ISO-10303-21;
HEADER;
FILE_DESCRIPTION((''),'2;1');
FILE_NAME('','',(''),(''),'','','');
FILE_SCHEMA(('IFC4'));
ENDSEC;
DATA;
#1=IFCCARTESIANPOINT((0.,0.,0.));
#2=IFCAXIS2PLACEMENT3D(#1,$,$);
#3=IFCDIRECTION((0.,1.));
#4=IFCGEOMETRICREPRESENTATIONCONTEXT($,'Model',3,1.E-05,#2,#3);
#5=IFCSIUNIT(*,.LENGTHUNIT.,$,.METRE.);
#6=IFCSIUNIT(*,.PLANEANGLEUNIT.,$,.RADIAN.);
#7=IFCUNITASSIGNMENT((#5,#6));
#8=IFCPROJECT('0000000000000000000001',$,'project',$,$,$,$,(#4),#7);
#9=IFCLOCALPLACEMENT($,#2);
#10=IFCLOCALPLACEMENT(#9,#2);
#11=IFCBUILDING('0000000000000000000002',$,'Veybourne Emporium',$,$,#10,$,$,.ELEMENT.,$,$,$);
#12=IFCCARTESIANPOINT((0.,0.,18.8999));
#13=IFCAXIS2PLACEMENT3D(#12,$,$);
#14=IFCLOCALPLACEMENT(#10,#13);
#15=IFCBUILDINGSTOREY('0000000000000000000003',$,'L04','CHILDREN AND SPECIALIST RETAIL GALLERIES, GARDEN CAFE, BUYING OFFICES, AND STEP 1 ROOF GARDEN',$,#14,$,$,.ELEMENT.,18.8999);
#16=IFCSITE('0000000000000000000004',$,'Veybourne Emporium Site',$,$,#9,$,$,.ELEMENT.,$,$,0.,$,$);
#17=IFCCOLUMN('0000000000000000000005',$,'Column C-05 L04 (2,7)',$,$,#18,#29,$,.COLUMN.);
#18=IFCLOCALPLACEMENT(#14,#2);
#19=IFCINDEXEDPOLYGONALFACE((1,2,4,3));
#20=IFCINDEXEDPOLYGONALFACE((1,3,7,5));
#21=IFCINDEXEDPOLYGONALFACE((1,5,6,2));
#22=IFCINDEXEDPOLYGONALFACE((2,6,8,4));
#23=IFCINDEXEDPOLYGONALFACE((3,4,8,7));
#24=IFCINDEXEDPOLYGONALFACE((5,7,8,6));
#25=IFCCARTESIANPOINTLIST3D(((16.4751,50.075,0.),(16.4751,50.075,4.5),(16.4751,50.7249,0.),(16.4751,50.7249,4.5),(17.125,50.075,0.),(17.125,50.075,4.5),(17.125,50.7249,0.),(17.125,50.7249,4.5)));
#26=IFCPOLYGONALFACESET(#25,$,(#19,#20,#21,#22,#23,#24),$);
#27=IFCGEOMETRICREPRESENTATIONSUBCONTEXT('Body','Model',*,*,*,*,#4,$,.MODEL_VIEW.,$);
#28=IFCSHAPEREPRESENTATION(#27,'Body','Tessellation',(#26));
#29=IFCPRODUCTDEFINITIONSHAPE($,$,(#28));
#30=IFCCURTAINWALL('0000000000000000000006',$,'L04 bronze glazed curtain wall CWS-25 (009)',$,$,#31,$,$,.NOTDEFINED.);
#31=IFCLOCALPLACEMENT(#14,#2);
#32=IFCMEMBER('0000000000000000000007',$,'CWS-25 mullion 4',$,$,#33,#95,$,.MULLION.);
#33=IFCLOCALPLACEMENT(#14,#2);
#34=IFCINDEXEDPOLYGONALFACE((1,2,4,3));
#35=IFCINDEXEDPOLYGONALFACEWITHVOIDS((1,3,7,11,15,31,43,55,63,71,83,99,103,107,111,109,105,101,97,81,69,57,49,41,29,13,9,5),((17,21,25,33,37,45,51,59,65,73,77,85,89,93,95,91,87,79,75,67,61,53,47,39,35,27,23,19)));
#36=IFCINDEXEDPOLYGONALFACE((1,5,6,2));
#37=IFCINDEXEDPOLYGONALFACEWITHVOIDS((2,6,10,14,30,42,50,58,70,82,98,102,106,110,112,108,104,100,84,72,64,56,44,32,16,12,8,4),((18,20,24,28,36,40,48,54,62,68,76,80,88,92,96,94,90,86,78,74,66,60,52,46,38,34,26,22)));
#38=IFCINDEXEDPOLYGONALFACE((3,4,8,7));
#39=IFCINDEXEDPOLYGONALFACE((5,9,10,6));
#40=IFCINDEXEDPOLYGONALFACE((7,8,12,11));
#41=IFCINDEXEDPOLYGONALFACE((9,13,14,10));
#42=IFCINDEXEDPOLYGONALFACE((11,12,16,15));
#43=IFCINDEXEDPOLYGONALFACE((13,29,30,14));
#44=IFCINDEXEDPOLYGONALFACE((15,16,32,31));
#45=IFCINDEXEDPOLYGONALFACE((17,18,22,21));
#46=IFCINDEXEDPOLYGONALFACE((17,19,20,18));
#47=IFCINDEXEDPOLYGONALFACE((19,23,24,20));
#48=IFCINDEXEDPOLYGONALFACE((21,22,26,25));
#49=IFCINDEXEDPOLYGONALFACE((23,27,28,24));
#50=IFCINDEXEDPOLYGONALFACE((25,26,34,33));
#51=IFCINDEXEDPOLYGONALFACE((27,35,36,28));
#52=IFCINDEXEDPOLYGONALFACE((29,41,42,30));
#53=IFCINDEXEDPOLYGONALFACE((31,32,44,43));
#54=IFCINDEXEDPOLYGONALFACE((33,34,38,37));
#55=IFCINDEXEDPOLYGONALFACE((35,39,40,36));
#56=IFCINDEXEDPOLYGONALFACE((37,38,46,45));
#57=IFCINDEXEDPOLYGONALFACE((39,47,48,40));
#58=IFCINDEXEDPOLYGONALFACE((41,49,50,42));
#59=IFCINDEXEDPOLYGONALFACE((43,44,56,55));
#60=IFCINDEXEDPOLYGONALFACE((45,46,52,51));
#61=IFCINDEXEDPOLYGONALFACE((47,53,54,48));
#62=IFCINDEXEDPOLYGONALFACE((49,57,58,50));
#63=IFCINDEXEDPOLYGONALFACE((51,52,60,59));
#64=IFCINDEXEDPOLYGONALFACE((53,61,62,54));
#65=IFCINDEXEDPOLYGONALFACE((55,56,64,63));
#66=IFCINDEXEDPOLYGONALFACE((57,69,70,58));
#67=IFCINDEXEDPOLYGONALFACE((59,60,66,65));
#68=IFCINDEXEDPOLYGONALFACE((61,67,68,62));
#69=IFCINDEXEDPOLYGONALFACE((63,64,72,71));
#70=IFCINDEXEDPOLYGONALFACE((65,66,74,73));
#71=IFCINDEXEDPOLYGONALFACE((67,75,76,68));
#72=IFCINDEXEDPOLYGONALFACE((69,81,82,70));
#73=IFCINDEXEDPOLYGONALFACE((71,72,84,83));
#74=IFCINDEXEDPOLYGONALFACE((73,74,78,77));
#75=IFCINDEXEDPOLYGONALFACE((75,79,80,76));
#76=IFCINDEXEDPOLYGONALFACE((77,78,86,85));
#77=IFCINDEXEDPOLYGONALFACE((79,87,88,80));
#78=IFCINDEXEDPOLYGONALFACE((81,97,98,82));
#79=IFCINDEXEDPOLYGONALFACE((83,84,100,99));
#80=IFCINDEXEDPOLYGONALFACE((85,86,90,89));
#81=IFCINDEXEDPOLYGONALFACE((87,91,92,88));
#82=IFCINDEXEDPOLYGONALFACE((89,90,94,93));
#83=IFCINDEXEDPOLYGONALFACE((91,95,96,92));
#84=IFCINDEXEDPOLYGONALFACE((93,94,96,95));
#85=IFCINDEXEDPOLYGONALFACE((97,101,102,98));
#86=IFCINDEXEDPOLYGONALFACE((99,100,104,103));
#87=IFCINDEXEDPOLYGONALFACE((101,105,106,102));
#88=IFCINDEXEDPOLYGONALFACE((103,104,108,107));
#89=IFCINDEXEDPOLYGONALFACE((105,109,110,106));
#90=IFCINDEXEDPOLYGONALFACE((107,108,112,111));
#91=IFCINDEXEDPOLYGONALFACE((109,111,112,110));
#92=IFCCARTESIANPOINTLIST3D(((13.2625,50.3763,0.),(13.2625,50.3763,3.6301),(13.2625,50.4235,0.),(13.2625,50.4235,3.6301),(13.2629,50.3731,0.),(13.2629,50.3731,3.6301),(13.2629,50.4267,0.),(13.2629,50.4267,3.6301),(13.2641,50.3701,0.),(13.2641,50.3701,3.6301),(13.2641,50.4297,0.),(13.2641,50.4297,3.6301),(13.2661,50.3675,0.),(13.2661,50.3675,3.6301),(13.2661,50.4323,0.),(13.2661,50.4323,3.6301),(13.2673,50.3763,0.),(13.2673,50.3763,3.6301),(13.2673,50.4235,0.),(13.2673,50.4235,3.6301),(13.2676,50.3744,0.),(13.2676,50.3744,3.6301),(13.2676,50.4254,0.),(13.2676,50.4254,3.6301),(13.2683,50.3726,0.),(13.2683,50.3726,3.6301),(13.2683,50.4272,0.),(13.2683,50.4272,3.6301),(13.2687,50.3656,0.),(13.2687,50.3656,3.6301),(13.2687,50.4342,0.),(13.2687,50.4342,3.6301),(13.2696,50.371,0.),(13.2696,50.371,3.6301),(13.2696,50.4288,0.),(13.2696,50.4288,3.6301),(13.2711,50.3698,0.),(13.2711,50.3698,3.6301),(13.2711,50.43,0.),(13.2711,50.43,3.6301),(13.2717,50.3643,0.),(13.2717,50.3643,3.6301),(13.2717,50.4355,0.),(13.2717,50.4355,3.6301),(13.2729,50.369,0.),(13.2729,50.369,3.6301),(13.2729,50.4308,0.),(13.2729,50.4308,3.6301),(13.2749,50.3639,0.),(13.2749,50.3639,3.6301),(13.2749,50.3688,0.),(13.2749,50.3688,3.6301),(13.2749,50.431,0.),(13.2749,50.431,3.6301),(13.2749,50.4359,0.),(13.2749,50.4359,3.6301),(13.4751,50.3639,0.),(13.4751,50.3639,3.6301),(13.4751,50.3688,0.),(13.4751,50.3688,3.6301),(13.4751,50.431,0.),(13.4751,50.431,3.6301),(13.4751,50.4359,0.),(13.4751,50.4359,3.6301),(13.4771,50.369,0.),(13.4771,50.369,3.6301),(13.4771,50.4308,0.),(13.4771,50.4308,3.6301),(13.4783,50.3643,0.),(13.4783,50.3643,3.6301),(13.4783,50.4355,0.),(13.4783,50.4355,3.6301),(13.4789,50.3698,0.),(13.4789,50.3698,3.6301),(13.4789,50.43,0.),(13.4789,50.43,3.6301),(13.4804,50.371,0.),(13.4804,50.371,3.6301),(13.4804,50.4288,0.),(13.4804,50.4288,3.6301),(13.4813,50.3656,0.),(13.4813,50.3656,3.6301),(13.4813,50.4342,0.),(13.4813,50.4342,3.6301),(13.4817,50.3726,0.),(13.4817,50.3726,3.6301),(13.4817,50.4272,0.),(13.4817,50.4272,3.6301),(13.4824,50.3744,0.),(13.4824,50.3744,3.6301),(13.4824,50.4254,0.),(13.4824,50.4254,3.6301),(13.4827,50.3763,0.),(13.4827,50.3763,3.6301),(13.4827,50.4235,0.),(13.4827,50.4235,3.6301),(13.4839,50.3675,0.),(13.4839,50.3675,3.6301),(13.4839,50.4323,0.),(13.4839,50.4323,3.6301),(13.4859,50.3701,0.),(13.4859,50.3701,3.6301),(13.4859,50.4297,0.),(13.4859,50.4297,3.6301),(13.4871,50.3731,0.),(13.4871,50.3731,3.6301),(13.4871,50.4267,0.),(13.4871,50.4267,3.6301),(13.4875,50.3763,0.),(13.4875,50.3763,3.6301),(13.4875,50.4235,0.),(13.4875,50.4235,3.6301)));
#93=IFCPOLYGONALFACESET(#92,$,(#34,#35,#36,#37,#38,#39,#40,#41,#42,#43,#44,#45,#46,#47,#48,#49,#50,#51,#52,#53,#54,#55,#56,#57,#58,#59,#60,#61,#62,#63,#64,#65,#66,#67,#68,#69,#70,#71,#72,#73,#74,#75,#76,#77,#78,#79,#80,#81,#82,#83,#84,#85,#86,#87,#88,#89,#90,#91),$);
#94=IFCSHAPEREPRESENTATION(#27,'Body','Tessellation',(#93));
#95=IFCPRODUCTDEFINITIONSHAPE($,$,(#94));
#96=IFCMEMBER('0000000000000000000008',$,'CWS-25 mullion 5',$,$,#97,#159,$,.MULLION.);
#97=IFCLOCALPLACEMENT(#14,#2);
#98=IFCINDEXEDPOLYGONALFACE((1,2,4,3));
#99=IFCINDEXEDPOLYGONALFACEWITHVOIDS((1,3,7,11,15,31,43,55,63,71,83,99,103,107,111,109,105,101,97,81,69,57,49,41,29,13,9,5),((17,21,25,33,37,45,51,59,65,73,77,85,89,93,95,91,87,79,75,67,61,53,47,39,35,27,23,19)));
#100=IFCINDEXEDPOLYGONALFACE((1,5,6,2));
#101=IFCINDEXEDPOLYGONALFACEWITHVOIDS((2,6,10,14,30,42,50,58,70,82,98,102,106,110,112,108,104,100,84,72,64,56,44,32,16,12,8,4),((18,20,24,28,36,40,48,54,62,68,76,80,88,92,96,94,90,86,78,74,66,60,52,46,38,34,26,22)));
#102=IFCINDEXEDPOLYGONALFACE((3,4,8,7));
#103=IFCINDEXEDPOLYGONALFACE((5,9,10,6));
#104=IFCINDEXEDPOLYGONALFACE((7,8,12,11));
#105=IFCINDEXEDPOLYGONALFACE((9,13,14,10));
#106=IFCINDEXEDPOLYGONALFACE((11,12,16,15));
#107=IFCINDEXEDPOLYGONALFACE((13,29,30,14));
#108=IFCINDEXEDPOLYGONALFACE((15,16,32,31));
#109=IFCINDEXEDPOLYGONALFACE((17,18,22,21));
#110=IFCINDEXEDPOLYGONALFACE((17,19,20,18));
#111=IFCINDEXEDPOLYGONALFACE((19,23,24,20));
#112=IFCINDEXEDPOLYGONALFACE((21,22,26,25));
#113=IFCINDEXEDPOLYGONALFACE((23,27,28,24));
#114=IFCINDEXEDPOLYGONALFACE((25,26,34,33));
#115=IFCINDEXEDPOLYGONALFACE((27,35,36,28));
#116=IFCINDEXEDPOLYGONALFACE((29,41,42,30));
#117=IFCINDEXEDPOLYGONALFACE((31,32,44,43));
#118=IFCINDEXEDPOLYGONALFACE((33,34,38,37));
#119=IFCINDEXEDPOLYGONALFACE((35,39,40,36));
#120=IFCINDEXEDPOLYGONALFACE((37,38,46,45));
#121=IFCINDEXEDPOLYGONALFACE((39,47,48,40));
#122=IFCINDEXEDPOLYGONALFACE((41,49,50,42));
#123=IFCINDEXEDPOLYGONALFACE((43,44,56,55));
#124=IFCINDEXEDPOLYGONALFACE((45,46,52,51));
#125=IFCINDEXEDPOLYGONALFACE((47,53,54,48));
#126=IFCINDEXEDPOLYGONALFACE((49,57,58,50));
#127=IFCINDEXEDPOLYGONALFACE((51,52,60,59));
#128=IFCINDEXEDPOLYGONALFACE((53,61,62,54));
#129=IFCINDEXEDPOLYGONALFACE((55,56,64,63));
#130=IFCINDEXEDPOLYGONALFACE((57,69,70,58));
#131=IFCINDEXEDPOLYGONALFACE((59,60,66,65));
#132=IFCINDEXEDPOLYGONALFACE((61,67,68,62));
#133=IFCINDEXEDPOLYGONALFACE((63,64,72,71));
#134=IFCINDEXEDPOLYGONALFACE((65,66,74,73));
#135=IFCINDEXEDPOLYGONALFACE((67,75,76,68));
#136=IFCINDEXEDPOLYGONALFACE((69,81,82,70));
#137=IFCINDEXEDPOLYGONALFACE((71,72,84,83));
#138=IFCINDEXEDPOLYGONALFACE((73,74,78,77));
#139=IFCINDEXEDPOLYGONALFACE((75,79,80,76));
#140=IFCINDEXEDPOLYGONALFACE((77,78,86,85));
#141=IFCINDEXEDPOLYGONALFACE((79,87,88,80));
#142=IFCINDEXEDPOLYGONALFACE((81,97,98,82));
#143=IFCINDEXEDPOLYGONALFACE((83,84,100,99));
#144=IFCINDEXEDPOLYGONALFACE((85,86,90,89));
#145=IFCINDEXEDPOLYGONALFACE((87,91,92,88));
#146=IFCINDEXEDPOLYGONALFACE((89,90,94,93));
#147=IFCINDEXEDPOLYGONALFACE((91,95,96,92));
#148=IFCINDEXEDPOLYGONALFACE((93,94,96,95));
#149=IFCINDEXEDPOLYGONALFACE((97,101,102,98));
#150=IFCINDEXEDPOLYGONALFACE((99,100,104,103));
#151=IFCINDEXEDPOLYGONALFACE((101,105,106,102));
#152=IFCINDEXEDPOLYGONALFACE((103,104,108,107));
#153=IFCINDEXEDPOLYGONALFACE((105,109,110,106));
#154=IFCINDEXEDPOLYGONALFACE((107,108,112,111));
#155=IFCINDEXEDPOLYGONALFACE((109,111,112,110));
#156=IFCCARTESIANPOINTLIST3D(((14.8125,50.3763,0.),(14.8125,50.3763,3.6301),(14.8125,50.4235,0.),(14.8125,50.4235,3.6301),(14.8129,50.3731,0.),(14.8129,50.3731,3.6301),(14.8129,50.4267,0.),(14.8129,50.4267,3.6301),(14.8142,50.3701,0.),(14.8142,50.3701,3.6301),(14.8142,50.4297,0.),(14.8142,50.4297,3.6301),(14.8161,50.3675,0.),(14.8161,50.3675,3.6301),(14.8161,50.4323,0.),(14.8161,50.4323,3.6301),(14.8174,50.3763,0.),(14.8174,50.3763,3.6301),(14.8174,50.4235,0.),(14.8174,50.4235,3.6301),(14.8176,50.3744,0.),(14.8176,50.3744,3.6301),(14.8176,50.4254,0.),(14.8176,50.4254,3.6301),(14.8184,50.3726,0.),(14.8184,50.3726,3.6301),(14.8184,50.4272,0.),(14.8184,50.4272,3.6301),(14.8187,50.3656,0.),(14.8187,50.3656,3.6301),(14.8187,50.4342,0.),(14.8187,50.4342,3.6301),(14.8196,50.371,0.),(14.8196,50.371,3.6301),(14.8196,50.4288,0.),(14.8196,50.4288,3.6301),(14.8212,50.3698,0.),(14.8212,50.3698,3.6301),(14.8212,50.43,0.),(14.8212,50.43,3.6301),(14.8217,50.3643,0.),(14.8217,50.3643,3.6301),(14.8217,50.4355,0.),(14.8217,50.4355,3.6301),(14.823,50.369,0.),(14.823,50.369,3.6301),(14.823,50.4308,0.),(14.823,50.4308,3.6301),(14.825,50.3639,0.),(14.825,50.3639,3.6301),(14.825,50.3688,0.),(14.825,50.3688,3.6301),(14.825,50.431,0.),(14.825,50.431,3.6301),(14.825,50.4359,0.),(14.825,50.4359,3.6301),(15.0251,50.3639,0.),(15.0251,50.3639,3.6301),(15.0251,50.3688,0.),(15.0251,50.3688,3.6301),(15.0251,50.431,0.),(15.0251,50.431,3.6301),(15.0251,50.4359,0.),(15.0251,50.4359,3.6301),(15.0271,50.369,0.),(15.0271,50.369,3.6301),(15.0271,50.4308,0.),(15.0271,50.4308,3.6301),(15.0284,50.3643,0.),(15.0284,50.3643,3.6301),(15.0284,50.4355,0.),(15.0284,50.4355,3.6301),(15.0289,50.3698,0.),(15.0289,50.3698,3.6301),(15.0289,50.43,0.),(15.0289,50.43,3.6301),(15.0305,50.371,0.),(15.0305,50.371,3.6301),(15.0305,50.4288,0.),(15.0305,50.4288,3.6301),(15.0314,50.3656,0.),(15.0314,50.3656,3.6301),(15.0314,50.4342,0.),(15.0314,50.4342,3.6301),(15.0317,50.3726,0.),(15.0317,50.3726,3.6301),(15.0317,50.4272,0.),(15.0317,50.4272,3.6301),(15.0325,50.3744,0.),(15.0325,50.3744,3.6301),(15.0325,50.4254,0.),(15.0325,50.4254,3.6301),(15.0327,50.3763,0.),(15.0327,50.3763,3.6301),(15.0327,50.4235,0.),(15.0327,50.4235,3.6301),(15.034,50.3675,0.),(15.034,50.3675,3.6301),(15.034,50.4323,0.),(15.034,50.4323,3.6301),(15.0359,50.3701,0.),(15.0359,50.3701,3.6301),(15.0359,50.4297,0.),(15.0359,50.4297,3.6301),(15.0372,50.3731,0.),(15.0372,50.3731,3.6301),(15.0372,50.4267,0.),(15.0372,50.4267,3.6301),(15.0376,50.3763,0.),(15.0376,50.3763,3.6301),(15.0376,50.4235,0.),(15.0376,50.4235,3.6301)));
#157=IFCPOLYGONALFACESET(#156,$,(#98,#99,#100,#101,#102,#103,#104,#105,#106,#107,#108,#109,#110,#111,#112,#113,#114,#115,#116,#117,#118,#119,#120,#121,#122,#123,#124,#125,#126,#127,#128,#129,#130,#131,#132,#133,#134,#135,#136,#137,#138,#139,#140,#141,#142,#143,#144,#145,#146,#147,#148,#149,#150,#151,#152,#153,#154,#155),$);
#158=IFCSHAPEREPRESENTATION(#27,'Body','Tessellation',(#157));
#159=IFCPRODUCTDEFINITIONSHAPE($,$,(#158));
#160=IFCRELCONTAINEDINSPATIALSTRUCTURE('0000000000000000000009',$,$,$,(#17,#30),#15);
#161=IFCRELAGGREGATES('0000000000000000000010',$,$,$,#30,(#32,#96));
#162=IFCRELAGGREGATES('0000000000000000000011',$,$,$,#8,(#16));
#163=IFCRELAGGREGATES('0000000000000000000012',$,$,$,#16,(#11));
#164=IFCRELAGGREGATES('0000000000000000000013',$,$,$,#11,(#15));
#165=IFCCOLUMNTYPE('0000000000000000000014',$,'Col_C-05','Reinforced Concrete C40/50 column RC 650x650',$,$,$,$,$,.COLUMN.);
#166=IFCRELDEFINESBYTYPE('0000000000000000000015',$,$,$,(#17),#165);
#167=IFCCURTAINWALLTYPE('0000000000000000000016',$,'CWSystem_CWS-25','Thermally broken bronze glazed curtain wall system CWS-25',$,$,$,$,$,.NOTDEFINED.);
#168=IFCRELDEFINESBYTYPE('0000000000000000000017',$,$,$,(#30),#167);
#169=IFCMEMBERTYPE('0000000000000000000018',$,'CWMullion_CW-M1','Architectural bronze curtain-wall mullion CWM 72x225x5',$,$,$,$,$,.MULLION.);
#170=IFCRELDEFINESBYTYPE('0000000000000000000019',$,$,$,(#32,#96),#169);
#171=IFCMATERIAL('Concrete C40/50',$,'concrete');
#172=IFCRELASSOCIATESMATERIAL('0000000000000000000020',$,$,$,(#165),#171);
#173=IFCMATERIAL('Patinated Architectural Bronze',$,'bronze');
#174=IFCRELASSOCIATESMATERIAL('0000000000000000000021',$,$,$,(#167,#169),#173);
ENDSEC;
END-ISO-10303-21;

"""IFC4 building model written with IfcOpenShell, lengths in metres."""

from ifc_helpers import new_model, si_unit, direction, frame, origin, origin_2d, place, context, subcontext, project, spatial, rectangle, hollow_rectangle, extrude, material, material_profile, profile_set, type_object, element, aggregate, save


model = new_model("IFC4")

# Units and contexts
model_context = context("Model", 3, precision=1e-05, world=origin(), true_north=direction((0.0, 1.0)))
body_context = subcontext(model_context, "Body", "Model", "MODEL_VIEW")
ifc_project = project(units=[si_unit("LENGTHUNIT", "METRE"), si_unit("PLANEANGLEUNIT", "RADIAN")], contexts=[model_context])

# Site, building, storey
site_placement = place(None, origin())
site = spatial("IfcSite", under=ifc_project, at=site_placement, Name="Veybourne Emporium Site", CompositionType="ELEMENT", RefElevation=0.0)
building_placement = place(site_placement, origin())
building = spatial("IfcBuilding", under=site, at=building_placement, Name="Veybourne Emporium", CompositionType="ELEMENT")
storey_placement = place(building_placement, frame((0.0, 0.0, 18.8999)))
storey = spatial("IfcBuildingStorey", under=building, at=storey_placement, Name="L04", Description="CHILDREN AND SPECIALIST RETAIL GALLERIES, GARDEN CAFE, BUYING OFFICES, AND STEP 1 ROOF GARDEN", CompositionType="ELEMENT", Elevation=18.8999)

# Column
ifc_material_1 = material(Name="Concrete C40/50", Category="concrete")
ifc_material_profile_1 = material_profile(ifc_material_1, rectangle(XDim=0.6499, YDim=0.6499, at=origin_2d()), Name="RC 650x650")
ifc_profile_set_1 = profile_set([ifc_material_profile_1], Name="Concrete C40/50")
column_type = type_object("IfcColumnType", Name="Col_C-05", Description="Reinforced Concrete C40/50 column RC 650x650", PredefinedType="COLUMN", material=ifc_profile_set_1)
column_placement = place(storey_placement, frame((16.8, 50.3999, 0.0), z_axis=(0.0, 0.0, 1.0), x_axis=(1.0, 0.0, 0.0)))
element("IfcColumn", 1, at=column_placement, inside=storey, type_object=column_type, Name="Column C-05 L04 (2,7)", PredefinedType="COLUMN", context=body_context, shape_type="SweptSolid", body=[
    extrude(rectangle(XDim=0.6499, YDim=0.6499, at=origin_2d()), origin(), (0.0, 0.0, 1.0), 4.5),
])

# Curtain wall, members
ifc_material_2 = material(Name="Patinated Architectural Bronze", Category="bronze")
curtain_wall_type = type_object("IfcCurtainWallType", Name="CWSystem_CWS-25", Description="Thermally broken bronze glazed curtain wall system CWS-25", PredefinedType="NOTDEFINED", material=ifc_material_2)
curtain_wall_placement = place(storey_placement, origin())
curtain_wall = element("IfcCurtainWall", 2, at=curtain_wall_placement, inside=storey, type_object=curtain_wall_type, Name="L04 bronze glazed curtain wall CWS-25 (009)", PredefinedType="NOTDEFINED")
ifc_material_profile_2 = material_profile(ifc_material_2, hollow_rectangle(XDim=0.072, YDim=0.2251, WallThickness=0.0049, InnerFilletRadius=0.0076, OuterFilletRadius=0.0125, at=origin_2d()), Name="CWM 72x225x5")
ifc_profile_set_2 = profile_set([ifc_material_profile_2], Name="Patinated Architectural Bronze")
member_type_1 = type_object("IfcMemberType", Name="CWMullion_CW-M1", Description="Architectural bronze curtain-wall mullion CWM 72x225x5", PredefinedType="MULLION", material=ifc_profile_set_2)
member_1_placement = place(storey_placement, frame((13.375, 50.3999, 0.0), z_axis=(0.0, 0.0, 1.0), x_axis=(0.0, 1.0, 0.0)))
member_1 = element("IfcMember", 3, at=member_1_placement, type_object=member_type_1, Name="CWS-25 mullion 4", PredefinedType="MULLION", context=body_context, shape_type="SweptSolid", body=[
    extrude(hollow_rectangle(XDim=0.072, YDim=0.2251, WallThickness=0.0049, InnerFilletRadius=0.0076, OuterFilletRadius=0.0125, at=origin_2d()), origin(), (0.0, 0.0, 1.0), 3.6301),
])
member_2_placement = place(storey_placement, frame((14.925, 50.3999, 0.0), z_axis=(0.0, 0.0, 1.0), x_axis=(0.0, 1.0, 0.0)))
member_2 = element("IfcMember", 4, at=member_2_placement, type_object=member_type_1, Name="CWS-25 mullion 5", PredefinedType="MULLION", context=body_context, shape_type="SweptSolid", body=[
    extrude(hollow_rectangle(XDim=0.072, YDim=0.2251, WallThickness=0.0049, InnerFilletRadius=0.0076, OuterFilletRadius=0.0125, at=origin_2d()), origin(), (0.0, 0.0, 1.0), 3.6301),
])

aggregate(curtain_wall, [member_1, member_2])

save(model, "model.ifc")
